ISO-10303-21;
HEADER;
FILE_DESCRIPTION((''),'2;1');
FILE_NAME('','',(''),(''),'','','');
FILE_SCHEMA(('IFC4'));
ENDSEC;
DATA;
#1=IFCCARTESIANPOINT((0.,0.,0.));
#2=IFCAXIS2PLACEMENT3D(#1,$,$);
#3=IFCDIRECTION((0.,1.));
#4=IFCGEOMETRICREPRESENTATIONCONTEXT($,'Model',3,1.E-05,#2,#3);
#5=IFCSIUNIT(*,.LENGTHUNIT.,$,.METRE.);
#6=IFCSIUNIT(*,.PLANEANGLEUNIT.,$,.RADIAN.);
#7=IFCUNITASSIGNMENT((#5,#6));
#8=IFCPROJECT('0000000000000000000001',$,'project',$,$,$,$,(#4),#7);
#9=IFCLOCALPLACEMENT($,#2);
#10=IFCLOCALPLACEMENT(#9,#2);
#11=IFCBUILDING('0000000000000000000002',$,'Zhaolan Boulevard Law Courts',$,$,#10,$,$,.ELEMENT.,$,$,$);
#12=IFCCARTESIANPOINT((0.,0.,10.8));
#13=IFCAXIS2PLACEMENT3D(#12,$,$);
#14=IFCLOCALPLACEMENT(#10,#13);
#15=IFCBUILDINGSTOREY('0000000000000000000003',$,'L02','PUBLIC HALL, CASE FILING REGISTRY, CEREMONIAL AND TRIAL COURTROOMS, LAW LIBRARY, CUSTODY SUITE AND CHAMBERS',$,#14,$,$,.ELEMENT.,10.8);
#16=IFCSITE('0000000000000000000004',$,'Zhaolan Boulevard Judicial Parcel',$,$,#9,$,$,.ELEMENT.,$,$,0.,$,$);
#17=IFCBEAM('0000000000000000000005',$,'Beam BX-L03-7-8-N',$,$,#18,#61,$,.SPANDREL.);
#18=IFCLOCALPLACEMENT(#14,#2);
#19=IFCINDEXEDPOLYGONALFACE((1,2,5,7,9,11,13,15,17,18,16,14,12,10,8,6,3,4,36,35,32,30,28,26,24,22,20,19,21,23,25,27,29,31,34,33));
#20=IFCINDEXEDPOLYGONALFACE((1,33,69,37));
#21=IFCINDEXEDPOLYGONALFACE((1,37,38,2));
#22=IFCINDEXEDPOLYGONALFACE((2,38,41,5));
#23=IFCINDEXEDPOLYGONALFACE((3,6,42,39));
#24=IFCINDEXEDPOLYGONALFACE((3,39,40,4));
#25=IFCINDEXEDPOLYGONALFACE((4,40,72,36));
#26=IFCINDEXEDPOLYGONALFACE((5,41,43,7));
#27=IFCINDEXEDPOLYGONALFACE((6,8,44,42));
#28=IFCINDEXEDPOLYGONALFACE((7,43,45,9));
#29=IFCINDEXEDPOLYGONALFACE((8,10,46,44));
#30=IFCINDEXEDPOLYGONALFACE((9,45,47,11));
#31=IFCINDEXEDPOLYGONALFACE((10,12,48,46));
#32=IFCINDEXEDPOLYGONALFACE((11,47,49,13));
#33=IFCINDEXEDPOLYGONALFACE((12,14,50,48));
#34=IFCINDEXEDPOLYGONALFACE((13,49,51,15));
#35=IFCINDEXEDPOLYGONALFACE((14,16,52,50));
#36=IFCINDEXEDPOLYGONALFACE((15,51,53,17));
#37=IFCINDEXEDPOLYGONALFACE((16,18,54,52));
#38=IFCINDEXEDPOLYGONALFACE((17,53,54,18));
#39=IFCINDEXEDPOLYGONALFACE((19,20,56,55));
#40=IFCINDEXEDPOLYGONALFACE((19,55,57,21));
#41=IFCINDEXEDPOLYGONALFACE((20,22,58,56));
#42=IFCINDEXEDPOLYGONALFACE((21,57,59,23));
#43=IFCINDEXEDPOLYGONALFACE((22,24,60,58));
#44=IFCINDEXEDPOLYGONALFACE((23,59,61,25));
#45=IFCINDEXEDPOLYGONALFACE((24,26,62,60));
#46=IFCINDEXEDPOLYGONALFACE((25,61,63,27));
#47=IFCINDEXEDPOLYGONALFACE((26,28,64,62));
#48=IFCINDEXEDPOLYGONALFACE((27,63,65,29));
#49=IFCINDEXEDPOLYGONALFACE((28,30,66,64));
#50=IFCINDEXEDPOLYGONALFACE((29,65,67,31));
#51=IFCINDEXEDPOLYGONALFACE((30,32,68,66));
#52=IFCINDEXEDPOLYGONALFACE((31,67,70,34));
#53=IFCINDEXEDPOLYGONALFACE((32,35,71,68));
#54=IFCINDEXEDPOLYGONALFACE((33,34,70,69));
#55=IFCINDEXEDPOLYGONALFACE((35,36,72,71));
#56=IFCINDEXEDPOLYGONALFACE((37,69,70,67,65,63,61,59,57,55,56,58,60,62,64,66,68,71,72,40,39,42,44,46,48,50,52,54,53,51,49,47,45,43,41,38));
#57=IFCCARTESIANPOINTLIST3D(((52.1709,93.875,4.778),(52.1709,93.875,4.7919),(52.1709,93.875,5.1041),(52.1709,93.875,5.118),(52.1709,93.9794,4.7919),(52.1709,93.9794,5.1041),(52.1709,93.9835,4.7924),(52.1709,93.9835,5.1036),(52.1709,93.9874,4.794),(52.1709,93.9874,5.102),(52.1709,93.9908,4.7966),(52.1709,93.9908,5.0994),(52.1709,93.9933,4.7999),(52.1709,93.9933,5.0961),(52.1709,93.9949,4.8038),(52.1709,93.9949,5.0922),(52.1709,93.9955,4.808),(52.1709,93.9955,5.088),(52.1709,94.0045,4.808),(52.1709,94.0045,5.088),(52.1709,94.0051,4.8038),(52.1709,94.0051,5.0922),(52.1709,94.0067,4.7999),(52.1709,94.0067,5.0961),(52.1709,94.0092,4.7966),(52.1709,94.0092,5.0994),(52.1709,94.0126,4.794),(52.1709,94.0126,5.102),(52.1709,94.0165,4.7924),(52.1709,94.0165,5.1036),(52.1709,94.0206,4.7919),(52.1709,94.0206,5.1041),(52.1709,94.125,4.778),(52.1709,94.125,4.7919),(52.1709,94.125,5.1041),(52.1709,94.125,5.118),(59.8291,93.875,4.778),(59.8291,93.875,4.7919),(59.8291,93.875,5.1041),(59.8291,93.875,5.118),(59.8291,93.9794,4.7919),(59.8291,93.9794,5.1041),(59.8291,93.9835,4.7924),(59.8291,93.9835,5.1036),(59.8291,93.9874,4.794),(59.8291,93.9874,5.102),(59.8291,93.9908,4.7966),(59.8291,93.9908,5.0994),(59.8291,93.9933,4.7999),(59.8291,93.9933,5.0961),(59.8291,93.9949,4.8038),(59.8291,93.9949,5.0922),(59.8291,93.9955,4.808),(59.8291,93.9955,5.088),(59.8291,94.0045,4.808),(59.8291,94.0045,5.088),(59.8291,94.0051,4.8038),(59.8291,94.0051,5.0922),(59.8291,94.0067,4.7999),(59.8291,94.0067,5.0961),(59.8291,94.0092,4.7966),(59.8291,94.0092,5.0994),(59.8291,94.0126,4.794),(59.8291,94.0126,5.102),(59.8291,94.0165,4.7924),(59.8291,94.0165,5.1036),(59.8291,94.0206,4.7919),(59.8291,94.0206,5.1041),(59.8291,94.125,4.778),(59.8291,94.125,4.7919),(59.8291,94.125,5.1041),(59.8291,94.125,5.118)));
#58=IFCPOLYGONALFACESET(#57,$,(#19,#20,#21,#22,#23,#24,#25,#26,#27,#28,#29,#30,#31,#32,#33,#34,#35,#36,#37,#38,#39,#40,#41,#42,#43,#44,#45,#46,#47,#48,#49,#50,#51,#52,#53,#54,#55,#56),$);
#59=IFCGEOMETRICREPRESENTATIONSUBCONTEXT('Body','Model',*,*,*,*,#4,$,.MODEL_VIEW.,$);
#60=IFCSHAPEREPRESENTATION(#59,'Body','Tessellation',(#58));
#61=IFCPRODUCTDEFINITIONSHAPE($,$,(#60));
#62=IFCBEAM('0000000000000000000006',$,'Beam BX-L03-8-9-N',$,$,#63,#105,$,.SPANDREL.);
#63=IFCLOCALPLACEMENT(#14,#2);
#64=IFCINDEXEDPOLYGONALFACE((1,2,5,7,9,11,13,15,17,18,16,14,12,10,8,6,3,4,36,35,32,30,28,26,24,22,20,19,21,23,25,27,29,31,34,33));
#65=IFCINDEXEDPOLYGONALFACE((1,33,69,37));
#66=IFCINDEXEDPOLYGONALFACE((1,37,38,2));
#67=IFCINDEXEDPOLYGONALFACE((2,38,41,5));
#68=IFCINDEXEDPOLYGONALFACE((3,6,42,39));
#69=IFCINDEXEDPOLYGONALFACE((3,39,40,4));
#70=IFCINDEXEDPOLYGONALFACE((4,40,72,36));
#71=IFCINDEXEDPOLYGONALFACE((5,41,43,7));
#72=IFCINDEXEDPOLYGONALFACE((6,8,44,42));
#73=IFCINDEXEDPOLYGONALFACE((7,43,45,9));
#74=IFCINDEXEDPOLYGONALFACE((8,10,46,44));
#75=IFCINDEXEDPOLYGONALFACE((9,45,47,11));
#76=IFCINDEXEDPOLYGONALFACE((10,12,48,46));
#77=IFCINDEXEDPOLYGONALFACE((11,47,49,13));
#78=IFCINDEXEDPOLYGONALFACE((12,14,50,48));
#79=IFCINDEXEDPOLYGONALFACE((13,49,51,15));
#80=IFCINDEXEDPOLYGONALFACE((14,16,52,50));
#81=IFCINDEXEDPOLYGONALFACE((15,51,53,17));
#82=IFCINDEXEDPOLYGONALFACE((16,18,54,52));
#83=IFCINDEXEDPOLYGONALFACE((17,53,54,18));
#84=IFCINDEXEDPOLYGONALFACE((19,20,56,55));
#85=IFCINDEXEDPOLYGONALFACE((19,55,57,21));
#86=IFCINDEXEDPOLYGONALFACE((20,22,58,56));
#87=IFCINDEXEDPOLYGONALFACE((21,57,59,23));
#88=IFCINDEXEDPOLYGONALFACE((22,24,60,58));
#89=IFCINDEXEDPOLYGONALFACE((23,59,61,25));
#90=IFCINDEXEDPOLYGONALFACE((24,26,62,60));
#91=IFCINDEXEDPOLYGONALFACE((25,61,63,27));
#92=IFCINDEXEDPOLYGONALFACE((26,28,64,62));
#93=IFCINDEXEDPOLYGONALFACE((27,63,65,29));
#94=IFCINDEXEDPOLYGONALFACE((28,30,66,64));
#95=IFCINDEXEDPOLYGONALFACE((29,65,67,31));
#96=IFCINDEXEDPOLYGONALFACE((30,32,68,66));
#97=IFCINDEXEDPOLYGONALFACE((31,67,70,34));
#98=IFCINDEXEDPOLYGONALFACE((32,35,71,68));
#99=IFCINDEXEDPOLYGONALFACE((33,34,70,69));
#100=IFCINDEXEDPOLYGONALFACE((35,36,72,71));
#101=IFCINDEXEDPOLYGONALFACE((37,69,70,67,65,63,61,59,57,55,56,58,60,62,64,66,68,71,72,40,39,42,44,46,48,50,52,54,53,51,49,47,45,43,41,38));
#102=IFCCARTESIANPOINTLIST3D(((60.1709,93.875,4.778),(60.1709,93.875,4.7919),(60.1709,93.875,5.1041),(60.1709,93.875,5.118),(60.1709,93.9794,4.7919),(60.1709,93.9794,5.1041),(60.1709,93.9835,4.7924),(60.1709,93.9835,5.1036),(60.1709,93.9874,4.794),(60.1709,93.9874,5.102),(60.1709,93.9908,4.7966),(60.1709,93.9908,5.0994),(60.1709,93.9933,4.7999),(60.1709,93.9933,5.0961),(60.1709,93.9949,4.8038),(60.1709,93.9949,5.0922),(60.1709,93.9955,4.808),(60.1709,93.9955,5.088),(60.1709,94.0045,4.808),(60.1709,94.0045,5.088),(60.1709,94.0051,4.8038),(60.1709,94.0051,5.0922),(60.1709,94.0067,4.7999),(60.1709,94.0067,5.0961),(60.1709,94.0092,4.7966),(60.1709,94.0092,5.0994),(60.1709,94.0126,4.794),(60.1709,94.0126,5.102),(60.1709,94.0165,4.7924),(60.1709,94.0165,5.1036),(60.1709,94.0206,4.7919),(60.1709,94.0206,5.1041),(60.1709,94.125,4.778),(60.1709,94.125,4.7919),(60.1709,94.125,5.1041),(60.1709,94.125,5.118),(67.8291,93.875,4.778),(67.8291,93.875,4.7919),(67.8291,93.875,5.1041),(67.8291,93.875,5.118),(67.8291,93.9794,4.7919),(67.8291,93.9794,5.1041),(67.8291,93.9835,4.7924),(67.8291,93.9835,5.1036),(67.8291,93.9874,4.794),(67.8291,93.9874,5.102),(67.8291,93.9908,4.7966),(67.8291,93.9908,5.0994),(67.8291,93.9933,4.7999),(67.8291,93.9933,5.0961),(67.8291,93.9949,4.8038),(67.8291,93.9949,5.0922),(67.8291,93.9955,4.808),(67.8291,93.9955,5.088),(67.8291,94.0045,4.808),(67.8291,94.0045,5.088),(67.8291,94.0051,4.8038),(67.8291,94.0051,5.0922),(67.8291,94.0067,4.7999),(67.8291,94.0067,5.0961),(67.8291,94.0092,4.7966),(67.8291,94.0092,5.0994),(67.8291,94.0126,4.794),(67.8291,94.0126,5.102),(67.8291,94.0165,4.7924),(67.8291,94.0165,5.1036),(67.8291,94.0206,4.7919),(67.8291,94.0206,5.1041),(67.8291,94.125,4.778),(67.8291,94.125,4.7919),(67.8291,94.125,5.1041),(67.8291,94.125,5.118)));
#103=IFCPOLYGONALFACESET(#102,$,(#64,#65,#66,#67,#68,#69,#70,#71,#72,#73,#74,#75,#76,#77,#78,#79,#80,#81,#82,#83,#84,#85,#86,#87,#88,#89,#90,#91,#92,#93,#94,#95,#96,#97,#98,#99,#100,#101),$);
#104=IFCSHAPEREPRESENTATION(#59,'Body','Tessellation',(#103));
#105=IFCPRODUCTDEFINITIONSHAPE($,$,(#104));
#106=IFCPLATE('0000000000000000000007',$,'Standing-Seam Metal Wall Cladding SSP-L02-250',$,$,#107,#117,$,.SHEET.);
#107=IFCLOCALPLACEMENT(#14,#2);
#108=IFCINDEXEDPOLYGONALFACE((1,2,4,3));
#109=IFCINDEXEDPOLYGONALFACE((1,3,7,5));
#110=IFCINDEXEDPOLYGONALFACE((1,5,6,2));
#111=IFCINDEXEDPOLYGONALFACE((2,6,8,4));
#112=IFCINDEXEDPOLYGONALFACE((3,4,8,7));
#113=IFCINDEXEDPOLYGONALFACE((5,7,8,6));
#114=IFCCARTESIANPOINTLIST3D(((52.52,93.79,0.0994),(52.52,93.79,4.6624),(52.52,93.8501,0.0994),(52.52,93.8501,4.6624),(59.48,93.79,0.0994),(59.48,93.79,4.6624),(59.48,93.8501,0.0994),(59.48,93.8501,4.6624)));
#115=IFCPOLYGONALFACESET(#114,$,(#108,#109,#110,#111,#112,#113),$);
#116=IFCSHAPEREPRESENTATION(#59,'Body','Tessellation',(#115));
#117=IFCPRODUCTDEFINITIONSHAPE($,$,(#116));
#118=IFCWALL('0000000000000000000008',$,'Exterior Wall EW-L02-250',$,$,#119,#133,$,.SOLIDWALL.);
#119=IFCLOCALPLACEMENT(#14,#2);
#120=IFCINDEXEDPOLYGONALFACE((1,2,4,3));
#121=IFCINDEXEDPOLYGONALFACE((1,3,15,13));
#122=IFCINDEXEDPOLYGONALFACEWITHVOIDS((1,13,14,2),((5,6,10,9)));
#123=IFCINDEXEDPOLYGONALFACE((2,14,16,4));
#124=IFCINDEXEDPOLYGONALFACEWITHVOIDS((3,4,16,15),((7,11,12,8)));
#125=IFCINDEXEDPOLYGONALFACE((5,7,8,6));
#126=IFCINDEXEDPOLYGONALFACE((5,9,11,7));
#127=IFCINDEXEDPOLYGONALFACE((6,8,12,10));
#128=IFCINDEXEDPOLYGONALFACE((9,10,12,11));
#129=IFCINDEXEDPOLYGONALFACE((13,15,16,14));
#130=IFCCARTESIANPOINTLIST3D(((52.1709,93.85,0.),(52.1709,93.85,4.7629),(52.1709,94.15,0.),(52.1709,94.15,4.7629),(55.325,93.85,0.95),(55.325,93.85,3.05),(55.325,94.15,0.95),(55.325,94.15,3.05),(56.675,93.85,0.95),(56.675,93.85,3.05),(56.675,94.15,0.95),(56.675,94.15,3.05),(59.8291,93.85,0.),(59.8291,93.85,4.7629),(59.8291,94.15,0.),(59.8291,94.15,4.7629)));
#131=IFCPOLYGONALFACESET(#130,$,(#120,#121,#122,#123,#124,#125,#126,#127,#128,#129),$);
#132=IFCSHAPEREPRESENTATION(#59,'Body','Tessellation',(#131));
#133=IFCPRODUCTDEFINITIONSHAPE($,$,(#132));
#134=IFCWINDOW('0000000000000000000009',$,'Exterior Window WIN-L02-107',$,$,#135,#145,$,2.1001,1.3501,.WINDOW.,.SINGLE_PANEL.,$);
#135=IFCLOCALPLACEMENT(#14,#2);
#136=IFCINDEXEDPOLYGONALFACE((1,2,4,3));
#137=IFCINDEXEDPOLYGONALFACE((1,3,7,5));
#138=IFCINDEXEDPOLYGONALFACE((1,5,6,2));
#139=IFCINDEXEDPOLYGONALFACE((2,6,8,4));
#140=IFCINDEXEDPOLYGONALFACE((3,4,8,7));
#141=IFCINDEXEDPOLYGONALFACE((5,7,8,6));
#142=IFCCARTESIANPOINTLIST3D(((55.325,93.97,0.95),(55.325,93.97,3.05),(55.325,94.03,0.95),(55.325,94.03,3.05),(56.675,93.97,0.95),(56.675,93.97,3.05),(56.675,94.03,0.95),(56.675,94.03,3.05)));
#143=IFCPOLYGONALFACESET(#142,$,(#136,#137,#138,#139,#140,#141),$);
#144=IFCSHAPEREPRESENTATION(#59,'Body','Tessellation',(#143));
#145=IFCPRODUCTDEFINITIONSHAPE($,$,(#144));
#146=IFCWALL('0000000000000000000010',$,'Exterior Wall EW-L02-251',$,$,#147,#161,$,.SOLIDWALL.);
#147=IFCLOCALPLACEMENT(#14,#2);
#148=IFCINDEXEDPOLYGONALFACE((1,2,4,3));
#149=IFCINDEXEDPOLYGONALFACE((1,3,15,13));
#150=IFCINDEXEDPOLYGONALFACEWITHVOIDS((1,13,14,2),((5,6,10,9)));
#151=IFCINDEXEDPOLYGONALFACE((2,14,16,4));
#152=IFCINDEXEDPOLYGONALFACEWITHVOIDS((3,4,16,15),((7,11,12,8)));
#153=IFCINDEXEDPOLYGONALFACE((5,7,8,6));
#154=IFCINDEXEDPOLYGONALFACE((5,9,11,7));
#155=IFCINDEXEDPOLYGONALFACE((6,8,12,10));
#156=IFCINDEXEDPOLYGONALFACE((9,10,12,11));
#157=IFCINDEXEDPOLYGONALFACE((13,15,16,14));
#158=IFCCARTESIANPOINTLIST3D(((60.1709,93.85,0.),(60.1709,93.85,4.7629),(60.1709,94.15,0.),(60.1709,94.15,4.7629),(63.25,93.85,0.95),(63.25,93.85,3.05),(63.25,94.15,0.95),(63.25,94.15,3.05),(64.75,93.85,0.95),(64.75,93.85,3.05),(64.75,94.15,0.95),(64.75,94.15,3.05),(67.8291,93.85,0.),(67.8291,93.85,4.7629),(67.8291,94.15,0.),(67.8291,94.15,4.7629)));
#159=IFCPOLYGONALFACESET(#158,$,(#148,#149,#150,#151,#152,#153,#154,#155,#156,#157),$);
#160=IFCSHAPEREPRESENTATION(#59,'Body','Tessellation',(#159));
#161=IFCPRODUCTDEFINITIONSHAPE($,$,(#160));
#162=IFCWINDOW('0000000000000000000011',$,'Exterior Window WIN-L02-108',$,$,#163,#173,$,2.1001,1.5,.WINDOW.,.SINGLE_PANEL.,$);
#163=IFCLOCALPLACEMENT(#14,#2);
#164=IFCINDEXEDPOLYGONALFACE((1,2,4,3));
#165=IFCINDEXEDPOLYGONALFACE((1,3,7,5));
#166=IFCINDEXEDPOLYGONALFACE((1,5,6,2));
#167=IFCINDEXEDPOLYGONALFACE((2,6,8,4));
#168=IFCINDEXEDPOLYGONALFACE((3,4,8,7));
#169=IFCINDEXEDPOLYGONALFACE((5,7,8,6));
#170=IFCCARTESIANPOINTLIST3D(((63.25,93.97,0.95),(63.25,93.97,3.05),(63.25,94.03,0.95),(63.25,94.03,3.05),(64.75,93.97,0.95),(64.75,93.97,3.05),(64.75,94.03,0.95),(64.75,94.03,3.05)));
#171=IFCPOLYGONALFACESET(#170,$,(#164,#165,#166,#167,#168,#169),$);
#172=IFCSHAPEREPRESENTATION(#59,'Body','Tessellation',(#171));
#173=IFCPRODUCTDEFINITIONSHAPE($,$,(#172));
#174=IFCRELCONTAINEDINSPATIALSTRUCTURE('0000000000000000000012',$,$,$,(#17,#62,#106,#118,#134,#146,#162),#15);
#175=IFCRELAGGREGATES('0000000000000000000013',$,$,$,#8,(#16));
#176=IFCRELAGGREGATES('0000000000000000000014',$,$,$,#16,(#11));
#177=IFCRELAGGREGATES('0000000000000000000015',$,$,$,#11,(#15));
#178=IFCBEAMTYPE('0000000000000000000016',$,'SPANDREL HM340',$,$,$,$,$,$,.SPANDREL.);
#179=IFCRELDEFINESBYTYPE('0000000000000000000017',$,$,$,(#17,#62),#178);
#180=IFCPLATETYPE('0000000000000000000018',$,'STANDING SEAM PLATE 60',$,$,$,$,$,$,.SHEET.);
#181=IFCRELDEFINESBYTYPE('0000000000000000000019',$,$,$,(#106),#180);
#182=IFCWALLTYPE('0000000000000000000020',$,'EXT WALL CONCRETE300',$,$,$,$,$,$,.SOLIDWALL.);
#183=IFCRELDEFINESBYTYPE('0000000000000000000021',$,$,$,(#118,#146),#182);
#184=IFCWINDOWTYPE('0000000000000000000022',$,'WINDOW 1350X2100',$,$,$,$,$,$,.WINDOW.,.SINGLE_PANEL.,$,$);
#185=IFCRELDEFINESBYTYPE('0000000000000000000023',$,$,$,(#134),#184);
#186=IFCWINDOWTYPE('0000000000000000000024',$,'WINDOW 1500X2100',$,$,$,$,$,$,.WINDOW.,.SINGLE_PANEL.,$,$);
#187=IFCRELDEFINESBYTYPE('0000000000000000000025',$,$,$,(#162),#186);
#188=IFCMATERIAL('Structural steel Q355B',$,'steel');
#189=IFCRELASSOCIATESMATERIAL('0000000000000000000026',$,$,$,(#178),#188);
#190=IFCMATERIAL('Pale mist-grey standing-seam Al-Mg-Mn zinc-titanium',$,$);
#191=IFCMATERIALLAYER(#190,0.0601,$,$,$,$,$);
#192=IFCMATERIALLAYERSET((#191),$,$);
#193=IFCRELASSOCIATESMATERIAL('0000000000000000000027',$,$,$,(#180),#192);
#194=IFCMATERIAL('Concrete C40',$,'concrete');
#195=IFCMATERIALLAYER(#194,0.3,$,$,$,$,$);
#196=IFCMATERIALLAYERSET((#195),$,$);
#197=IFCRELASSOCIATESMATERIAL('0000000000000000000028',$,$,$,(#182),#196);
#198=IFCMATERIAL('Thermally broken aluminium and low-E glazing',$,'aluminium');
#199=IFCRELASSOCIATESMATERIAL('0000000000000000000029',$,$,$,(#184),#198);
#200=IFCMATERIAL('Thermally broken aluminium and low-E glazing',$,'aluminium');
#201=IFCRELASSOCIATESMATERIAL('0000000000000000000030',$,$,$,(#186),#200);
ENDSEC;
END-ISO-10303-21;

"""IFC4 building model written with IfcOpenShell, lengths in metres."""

from ifc_helpers import new_model, si_unit, direction, frame, frame_2d, origin, origin_2d, place, context, subcontext, project, spatial, rectangle, i_section, extrude, material, layer, layer_set, material_profile, profile_set, type_object, element, fill, save


model = new_model("IFC4")

# Units and contexts
model_context = context("Model", 3, precision=1e-05, world=origin(), true_north=direction((0.0, 1.0)))
body_context = subcontext(model_context, "Body", "Model", "MODEL_VIEW")
ifc_project = project(units=[si_unit("LENGTHUNIT", "METRE"), si_unit("PLANEANGLEUNIT", "RADIAN")], contexts=[model_context])

# Site, building, storey
site_placement = place(None, origin())
site = spatial("IfcSite", under=ifc_project, at=site_placement, Name="Zhaolan Boulevard Judicial Parcel", CompositionType="ELEMENT", RefElevation=0.0)
building_placement = place(site_placement, origin())
building = spatial("IfcBuilding", under=site, at=building_placement, Name="Zhaolan Boulevard Law Courts", CompositionType="ELEMENT")
storey_placement = place(building_placement, frame((0.0, 0.0, 10.8)))
storey = spatial("IfcBuildingStorey", under=building, at=storey_placement, Name="L02", Description="PUBLIC HALL, CASE FILING REGISTRY, CEREMONIAL AND TRIAL COURTROOMS, LAW LIBRARY, CUSTODY SUITE AND CHAMBERS", CompositionType="ELEMENT", Elevation=10.8)

# Beams
ifc_material_1 = material(Name="Structural steel Q355B", Category="steel")
ifc_material_profile_1 = material_profile(ifc_material_1, i_section(OverallWidth=0.25, OverallDepth=0.3401, WebThickness=0.009, FlangeThickness=0.0139, FilletRadius=0.0161, at=origin_2d()), Name="HM340x250")
ifc_profile_set_1 = profile_set([ifc_material_profile_1], Name="Structural steel Q355B")
beam_type_1 = type_object("IfcBeamType", Name="SPANDREL HM340", PredefinedType="SPANDREL", material=ifc_profile_set_1)
for number, where, z_axis, x_axis, name in (
    (1, (52.1709, 94.0, 4.948), (1.0, 0.0, 0.0), (0.0, 1.0, 0.0), "Beam BX-L03-7-8-N"),
    (2, (60.1709, 94.0, 4.948), (1.0, 0.0, 0.0), (0.0, 1.0, 0.0), "Beam BX-L03-8-9-N"),
):
    element("IfcBeam", number, at=place(storey_placement, frame(where, z_axis=z_axis, x_axis=x_axis)), inside=storey, type_object=beam_type_1, Name=name, PredefinedType="SPANDREL", context=body_context, shape_type="SweptSolid", body=[
        extrude(i_section(OverallWidth=0.25, OverallDepth=0.3401, WebThickness=0.009, FlangeThickness=0.0139, FilletRadius=0.0161, at=origin_2d()), origin(), (0.0, 0.0, 1.0), 7.6582),
    ])

# Plate
ifc_material_2 = material(Name="Pale mist-grey standing-seam Al-Mg-Mn zinc-titanium")
ifc_layer_1 = layer(ifc_material_2, 0.0601)
ifc_layer_set_1 = layer_set([ifc_layer_1])
plate_type = type_object("IfcPlateType", Name="STANDING SEAM PLATE 60", PredefinedType="SHEET", material=ifc_layer_set_1)
plate_placement = place(storey_placement, frame((56.0, 93.8201, 0.0994), z_axis=(0.0, 0.0, 1.0), x_axis=(-1.0, 0.0, 0.0)))
element("IfcPlate", 3, at=plate_placement, inside=storey, type_object=plate_type, Name="Standing-Seam Metal Wall Cladding SSP-L02-250", PredefinedType="SHEET", context=body_context, shape_type="SweptSolid", body=[
    extrude(rectangle(XDim=6.96, YDim=0.0601, at=origin_2d()), origin(), (0.0, 0.0, 1.0), 4.563),
])

# Walls, openings, windows
ifc_material_3 = material(Name="Concrete C40", Category="concrete")
ifc_layer_2 = layer(ifc_material_3, 0.3)
ifc_layer_set_2 = layer_set([ifc_layer_2])
wall_type_1 = type_object("IfcWallType", Name="EXT WALL CONCRETE300", PredefinedType="SOLIDWALL", material=ifc_layer_set_2)
wall_1_placement = place(storey_placement, frame((59.8291, 94.0, 0.0), z_axis=(0.0, 0.0, 1.0), x_axis=(-1.0, 0.0, 0.0)))
wall_1 = element("IfcWall", 4, at=wall_1_placement, inside=storey, type_object=wall_type_1, Name="Exterior Wall EW-L02-250", PredefinedType="SOLIDWALL", context=body_context, shape_type="SweptSolid", body=[
    extrude(rectangle(XDim=7.6582, YDim=0.3, at=frame_2d((3.8291, 0.0))), origin(), (0.0, 0.0, 1.0), 4.7629),
])
opening_1_placement = place(wall_1_placement, frame((3.1541, 0.0, 0.95)))
opening_1 = element("IfcOpeningElement", 5, at=opening_1_placement, cuts=wall_1, PredefinedType="OPENING", context=body_context, shape_type="SweptSolid", body=[
    extrude(rectangle(XDim=1.3501, YDim=2.1001, at=frame_2d((0.675, 1.05))), frame((0.0, 0.1599, 0.0), z_axis=(0.0, -1.0, 0.0), x_axis=(1.0, 0.0, 0.0)), (0.0, 0.0, 1.0), 0.3201),
])
ifc_material_4 = material(Name="Thermally broken aluminium and low-E glazing", Category="aluminium")
window_type_1 = type_object("IfcWindowType", Name="WINDOW 1350X2100", PartitioningType="SINGLE_PANEL", PredefinedType="WINDOW", material=ifc_material_4)
window_1_placement = place(opening_1_placement, origin())
window_1 = element("IfcWindow", 6, at=window_1_placement, inside=storey, type_object=window_type_1, Name="Exterior Window WIN-L02-107", OverallHeight=2.1001, OverallWidth=1.3501, PartitioningType="SINGLE_PANEL", PredefinedType="WINDOW", context=body_context, shape_type="SweptSolid", body=[
    extrude(rectangle(XDim=1.3501, YDim=2.1001, at=frame_2d((0.675, 1.05))), frame((0.0, 0.03, 0.0), z_axis=(0.0, -1.0, 0.0), x_axis=(1.0, 0.0, 0.0)), (0.0, 0.0, 1.0), 0.0601),
])
fill(opening_1, window_1)
wall_2_placement = place(storey_placement, frame((67.8291, 94.0, 0.0), z_axis=(0.0, 0.0, 1.0), x_axis=(-1.0, 0.0, 0.0)))
wall_2 = element("IfcWall", 7, at=wall_2_placement, inside=storey, type_object=wall_type_1, Name="Exterior Wall EW-L02-251", PredefinedType="SOLIDWALL", context=body_context, shape_type="SweptSolid", body=[
    extrude(rectangle(XDim=7.6582, YDim=0.3, at=frame_2d((3.8291, 0.0))), origin(), (0.0, 0.0, 1.0), 4.7629),
])
opening_2_placement = place(wall_2_placement, frame((3.0791, 0.0, 0.95)))
opening_2 = element("IfcOpeningElement", 8, at=opening_2_placement, cuts=wall_2, PredefinedType="OPENING", context=body_context, shape_type="SweptSolid", body=[
    extrude(rectangle(XDim=1.5, YDim=2.1001, at=frame_2d((0.75, 1.05))), frame((0.0, 0.1599, 0.0), z_axis=(0.0, -1.0, 0.0), x_axis=(1.0, 0.0, 0.0)), (0.0, 0.0, 1.0), 0.3201),
])
ifc_material_5 = material(Name="Thermally broken aluminium and low-E glazing", Category="aluminium")
window_type_2 = type_object("IfcWindowType", Name="WINDOW 1500X2100", PartitioningType="SINGLE_PANEL", PredefinedType="WINDOW", material=ifc_material_5)
window_2_placement = place(opening_2_placement, origin())
window_2 = element("IfcWindow", 9, at=window_2_placement, inside=storey, type_object=window_type_2, Name="Exterior Window WIN-L02-108", OverallHeight=2.1001, OverallWidth=1.5, PartitioningType="SINGLE_PANEL", PredefinedType="WINDOW", context=body_context, shape_type="SweptSolid", body=[
    extrude(rectangle(XDim=1.5, YDim=2.1001, at=frame_2d((0.75, 1.05))), frame((0.0, 0.03, 0.0), z_axis=(0.0, -1.0, 0.0), x_axis=(1.0, 0.0, 0.0)), (0.0, 0.0, 1.0), 0.0601),
])
fill(opening_2, window_2)

save(model, "model.ifc")
